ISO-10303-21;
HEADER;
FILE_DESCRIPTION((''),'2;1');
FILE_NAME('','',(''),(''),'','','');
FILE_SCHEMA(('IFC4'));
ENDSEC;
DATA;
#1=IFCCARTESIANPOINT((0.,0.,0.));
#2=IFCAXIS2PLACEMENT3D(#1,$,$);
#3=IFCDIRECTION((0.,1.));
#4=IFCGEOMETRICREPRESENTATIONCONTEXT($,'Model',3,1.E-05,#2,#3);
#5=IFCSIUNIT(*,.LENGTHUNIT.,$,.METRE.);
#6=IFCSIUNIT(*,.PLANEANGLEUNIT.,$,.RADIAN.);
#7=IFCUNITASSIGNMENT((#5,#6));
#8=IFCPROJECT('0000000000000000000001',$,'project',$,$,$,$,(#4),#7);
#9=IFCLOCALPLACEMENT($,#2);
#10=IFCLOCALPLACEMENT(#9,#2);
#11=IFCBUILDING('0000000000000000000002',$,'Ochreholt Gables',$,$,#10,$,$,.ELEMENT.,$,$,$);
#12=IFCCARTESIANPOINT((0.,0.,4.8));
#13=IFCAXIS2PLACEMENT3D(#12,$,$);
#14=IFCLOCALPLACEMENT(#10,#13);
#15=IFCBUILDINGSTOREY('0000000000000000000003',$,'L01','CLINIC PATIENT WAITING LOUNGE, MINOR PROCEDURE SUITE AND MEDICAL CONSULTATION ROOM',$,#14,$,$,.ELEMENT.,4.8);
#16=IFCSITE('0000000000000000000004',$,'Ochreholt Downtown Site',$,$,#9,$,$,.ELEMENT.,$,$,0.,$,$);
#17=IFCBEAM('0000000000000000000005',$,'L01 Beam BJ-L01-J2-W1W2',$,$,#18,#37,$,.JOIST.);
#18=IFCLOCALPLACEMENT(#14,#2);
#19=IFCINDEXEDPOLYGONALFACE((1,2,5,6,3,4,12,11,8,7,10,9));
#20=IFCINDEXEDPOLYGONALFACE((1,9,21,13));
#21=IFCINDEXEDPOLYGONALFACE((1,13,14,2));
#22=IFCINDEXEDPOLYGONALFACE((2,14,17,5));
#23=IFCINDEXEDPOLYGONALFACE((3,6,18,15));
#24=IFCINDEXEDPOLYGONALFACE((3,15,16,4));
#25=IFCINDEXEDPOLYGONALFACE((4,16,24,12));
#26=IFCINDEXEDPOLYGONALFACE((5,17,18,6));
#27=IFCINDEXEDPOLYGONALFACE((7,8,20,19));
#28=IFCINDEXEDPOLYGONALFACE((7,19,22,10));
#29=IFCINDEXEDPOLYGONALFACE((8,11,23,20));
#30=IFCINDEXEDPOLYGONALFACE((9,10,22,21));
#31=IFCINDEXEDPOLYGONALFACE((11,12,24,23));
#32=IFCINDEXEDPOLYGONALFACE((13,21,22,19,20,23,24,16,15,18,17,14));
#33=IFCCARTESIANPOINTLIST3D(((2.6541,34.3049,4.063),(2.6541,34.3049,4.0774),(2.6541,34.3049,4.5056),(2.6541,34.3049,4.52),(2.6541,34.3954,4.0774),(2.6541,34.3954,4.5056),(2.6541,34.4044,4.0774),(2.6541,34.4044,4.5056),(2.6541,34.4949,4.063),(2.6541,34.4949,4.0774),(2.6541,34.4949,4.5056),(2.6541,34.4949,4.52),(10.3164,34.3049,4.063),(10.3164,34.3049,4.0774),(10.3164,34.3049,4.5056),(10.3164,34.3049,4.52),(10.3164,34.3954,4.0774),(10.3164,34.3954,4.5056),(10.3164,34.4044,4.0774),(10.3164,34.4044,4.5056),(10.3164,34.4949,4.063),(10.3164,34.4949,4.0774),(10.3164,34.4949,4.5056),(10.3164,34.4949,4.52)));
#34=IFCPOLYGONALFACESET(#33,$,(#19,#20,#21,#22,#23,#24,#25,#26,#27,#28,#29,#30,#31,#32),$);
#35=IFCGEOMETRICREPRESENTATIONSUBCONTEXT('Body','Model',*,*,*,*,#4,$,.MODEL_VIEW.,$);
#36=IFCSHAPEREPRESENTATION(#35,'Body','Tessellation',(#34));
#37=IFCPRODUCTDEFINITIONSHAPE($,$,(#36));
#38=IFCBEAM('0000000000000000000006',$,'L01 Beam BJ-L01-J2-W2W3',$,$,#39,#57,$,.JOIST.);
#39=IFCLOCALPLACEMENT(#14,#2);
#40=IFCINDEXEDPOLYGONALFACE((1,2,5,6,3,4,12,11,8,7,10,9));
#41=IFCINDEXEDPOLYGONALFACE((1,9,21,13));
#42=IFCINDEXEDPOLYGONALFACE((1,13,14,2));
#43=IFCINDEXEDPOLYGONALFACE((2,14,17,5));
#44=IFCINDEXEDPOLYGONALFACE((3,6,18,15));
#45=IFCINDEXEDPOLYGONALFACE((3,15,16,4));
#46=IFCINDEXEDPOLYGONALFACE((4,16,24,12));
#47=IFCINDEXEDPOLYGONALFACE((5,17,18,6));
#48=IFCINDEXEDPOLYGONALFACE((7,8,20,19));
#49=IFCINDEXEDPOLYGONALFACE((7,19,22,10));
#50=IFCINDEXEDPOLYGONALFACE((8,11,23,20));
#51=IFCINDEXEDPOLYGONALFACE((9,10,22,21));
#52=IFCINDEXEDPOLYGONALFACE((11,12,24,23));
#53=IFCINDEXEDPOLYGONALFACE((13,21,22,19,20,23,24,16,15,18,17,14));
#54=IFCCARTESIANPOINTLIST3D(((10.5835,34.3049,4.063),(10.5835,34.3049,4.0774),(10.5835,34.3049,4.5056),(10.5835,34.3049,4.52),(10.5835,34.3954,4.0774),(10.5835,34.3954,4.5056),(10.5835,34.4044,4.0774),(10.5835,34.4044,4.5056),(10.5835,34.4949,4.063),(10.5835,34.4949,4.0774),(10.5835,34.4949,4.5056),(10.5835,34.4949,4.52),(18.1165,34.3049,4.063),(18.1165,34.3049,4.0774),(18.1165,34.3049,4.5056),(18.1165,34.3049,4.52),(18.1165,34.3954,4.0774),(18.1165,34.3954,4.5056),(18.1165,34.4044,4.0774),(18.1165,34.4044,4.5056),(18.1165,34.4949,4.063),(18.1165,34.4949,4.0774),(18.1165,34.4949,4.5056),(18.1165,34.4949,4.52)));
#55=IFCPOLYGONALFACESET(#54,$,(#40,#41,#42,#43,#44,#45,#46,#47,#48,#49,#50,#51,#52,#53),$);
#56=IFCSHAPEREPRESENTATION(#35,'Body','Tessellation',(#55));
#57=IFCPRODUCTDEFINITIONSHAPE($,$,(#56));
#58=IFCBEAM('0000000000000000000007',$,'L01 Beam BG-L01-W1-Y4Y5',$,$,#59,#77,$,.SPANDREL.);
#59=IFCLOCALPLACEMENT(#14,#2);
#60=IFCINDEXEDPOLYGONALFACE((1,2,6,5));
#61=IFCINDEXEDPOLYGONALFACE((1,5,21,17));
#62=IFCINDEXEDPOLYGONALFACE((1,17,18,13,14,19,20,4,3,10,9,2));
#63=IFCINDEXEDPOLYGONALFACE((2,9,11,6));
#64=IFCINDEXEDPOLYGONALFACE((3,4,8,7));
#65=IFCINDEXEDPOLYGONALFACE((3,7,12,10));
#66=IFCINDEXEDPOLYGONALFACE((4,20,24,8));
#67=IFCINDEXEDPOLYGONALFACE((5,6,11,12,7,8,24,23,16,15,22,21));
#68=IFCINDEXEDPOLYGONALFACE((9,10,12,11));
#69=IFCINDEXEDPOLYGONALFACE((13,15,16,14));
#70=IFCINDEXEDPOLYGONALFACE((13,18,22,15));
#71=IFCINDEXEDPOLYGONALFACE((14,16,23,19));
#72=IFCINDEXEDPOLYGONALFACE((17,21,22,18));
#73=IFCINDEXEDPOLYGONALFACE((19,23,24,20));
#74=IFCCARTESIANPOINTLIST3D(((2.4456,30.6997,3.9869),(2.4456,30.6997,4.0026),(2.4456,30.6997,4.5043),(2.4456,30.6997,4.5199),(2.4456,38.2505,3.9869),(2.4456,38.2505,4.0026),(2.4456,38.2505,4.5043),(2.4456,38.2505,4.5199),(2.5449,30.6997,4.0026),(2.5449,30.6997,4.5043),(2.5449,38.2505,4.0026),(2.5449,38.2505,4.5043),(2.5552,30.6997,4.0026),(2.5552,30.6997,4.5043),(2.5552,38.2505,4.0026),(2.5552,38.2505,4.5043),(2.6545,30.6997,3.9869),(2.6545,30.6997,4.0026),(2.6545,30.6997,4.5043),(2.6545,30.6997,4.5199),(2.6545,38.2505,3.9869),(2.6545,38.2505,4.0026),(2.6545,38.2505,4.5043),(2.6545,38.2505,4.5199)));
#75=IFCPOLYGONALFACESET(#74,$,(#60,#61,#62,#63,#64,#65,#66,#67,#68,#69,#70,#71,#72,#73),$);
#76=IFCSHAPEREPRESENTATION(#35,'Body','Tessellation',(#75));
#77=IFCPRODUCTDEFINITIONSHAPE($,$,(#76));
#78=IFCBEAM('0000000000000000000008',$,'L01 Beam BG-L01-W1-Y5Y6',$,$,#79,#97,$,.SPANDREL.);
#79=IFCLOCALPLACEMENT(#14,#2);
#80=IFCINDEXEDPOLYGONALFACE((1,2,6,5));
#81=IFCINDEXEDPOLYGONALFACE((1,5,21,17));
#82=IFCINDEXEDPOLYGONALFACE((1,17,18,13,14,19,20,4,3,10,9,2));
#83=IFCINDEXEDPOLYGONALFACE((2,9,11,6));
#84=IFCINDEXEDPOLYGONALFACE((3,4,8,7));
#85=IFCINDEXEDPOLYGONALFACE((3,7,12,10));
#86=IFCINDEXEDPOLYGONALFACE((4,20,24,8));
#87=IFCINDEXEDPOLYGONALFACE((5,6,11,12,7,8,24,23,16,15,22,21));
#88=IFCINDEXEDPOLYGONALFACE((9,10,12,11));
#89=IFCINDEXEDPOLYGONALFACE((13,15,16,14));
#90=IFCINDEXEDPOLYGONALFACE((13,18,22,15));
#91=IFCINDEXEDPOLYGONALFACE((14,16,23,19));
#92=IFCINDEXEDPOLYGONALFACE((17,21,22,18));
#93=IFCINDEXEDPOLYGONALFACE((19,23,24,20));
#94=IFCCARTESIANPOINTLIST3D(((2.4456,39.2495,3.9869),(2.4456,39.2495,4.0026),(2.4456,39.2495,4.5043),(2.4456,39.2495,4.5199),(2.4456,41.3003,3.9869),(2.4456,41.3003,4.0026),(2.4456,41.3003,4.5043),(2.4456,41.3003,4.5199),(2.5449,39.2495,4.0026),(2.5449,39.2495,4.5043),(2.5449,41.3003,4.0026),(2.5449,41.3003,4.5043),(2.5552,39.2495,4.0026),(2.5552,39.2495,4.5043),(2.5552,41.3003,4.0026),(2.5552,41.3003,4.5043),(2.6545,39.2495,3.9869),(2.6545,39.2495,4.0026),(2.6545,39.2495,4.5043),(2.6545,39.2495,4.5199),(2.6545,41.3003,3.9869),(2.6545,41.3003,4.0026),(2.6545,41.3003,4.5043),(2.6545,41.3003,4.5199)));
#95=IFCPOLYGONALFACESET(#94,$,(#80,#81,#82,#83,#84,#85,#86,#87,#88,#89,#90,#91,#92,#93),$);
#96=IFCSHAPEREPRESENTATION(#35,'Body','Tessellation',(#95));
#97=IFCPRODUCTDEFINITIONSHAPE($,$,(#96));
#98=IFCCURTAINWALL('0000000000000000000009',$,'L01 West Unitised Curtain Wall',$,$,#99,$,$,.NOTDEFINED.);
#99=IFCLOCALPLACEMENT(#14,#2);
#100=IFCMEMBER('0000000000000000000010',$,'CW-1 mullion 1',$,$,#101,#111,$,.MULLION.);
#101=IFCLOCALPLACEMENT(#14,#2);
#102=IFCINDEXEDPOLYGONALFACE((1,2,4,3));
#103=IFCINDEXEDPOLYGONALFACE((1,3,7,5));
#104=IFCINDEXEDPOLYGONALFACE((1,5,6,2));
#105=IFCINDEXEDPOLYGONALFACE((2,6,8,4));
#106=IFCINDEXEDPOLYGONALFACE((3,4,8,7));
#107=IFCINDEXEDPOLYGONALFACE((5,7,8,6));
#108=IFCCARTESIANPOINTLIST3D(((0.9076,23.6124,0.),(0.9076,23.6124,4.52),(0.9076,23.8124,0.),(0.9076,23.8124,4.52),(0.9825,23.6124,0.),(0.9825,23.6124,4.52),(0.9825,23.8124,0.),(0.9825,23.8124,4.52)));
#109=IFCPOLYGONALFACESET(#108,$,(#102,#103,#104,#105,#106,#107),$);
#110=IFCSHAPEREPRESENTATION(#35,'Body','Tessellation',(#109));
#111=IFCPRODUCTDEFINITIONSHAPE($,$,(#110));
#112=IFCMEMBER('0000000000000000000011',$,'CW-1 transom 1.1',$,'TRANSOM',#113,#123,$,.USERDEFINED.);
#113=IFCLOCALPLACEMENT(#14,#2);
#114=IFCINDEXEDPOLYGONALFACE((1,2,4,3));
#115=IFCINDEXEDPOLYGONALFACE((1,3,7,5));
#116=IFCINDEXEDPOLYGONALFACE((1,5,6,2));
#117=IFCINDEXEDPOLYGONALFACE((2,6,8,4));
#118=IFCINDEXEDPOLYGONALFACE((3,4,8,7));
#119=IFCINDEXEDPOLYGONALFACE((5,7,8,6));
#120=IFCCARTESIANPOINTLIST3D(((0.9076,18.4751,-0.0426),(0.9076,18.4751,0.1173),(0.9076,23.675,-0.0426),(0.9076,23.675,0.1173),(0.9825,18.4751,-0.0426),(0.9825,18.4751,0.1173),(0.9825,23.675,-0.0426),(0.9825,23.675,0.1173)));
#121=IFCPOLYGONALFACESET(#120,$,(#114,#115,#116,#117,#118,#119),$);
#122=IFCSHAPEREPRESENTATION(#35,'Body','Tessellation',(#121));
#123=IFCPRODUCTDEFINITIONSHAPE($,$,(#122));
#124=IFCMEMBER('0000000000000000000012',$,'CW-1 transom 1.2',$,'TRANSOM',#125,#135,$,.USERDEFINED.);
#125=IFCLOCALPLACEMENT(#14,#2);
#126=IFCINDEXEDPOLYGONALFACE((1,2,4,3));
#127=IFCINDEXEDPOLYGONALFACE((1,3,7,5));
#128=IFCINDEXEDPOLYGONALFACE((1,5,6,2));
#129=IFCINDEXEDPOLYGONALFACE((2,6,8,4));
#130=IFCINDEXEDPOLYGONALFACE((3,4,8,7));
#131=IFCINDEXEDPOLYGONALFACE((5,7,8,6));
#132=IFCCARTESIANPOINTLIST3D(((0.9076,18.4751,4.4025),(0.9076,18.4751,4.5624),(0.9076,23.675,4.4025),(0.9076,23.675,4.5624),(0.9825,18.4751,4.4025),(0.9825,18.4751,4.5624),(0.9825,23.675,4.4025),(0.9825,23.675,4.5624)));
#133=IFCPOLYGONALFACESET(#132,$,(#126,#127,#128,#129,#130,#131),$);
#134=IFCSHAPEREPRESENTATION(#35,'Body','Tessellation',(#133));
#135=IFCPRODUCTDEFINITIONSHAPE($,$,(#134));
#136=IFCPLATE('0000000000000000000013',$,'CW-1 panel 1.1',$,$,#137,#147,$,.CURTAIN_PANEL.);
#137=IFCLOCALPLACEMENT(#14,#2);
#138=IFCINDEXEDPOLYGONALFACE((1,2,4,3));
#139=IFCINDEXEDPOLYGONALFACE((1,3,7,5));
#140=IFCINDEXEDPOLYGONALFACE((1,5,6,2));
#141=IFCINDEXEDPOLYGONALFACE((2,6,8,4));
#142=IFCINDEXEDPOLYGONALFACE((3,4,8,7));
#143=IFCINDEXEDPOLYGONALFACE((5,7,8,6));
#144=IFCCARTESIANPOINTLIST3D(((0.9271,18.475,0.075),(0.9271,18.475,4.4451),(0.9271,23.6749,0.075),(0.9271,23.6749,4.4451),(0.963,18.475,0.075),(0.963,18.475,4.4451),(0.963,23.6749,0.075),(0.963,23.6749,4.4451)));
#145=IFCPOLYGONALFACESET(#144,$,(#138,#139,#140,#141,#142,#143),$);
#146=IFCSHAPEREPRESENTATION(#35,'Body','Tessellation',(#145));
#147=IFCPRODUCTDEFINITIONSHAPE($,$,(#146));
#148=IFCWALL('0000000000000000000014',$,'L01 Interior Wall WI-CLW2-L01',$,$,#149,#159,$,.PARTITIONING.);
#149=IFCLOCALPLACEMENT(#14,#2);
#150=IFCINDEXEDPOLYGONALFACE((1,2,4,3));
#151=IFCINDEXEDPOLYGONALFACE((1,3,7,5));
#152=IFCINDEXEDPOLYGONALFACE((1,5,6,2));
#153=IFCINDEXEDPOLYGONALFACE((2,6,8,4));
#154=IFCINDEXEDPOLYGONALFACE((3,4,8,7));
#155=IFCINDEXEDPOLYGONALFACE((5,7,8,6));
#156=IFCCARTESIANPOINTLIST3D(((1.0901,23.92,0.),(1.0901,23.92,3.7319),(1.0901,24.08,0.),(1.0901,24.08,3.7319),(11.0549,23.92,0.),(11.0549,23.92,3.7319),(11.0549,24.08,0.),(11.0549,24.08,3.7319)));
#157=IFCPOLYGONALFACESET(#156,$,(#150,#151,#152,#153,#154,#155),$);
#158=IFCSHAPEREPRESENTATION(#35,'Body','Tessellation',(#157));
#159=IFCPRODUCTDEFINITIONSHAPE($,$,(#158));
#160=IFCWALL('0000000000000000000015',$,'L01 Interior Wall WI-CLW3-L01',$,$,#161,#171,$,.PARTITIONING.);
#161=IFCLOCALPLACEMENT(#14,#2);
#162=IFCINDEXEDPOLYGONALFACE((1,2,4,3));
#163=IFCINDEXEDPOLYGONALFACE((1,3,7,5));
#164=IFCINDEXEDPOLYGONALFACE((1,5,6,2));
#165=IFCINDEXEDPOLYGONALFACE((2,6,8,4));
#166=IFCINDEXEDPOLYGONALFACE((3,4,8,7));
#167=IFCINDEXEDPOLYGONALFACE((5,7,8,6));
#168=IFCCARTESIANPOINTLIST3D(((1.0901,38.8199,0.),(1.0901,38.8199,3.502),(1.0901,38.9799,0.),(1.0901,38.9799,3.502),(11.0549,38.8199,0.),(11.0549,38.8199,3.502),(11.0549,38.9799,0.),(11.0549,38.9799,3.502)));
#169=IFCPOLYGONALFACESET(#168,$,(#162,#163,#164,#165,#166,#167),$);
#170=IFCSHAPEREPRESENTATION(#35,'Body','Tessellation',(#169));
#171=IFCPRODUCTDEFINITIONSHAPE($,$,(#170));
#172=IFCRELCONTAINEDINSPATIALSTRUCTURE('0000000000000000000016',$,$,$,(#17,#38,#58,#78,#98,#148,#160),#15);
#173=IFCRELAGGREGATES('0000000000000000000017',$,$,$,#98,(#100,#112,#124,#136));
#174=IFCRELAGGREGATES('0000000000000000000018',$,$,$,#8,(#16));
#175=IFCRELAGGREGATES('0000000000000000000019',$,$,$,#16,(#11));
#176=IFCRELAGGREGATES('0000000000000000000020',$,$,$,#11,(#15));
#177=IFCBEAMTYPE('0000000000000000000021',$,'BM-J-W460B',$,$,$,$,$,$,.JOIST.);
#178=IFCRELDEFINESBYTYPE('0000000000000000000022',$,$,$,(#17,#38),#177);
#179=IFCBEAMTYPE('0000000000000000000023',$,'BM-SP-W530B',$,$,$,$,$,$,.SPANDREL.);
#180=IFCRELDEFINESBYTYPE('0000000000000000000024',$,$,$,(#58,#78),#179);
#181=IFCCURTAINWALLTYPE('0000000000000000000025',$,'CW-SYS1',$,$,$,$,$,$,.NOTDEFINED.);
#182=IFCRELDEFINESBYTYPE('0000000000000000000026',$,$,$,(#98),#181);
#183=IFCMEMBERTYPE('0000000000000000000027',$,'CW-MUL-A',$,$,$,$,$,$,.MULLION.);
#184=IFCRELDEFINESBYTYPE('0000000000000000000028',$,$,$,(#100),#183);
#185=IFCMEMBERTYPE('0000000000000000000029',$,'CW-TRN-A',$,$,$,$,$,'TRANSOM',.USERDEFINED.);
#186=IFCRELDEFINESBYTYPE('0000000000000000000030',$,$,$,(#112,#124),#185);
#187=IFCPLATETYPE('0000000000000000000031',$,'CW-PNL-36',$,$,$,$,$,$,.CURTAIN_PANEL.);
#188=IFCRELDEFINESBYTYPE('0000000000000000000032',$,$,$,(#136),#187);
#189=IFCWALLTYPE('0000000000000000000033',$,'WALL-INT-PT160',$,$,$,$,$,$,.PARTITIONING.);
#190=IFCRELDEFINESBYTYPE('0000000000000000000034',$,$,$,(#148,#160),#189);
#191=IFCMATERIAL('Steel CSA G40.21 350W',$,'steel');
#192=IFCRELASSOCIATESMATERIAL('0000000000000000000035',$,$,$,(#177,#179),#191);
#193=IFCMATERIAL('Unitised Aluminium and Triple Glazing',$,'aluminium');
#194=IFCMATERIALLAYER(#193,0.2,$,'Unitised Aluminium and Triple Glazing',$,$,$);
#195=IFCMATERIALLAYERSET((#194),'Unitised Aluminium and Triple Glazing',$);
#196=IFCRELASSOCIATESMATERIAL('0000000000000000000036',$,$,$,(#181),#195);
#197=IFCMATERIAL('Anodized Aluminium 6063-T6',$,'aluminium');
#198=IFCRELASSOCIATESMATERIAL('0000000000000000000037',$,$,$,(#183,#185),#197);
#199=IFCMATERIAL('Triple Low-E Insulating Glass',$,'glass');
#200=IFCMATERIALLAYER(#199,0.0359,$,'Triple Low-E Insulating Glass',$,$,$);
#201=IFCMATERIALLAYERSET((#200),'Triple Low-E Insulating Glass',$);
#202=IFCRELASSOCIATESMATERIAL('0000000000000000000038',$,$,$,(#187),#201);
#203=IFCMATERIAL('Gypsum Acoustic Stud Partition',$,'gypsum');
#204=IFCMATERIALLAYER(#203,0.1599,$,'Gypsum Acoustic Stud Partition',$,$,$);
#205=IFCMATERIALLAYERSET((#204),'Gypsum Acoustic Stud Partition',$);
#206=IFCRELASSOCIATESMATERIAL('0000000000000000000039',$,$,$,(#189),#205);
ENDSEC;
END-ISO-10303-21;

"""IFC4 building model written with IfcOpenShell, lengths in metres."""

from ifc_helpers import new_model, si_unit, direction, frame, frame_2d, origin, origin_2d, place, context, subcontext, project, spatial, rectangle, i_section, extrude, material, layer, layer_set, material_profile, profile_set, type_object, element, aggregate, save


model = new_model("IFC4")

# Units and contexts
model_context = context("Model", 3, precision=1e-05, world=origin(), true_north=direction((0.0, 1.0)))
body_context = subcontext(model_context, "Body", "Model", "MODEL_VIEW")
ifc_project = project(units=[si_unit("LENGTHUNIT", "METRE"), si_unit("PLANEANGLEUNIT", "RADIAN")], contexts=[model_context])

# Site, building, storey
site_placement = place(None, origin())
site = spatial("IfcSite", under=ifc_project, at=site_placement, Name="Ochreholt Downtown Site", CompositionType="ELEMENT", RefElevation=0.0)
building_placement = place(site_placement, origin())
building = spatial("IfcBuilding", under=site, at=building_placement, Name="Ochreholt Gables", CompositionType="ELEMENT")
storey_placement = place(building_placement, frame((0.0, 0.0, 4.8)))
storey = spatial("IfcBuildingStorey", under=building, at=storey_placement, Name="L01", Description="CLINIC PATIENT WAITING LOUNGE, MINOR PROCEDURE SUITE AND MEDICAL CONSULTATION ROOM", CompositionType="ELEMENT", Elevation=4.8)

# Beams
ifc_material_1 = material(Name="Steel CSA G40.21 350W", Category="steel")
ifc_material_profile_1 = material_profile(ifc_material_1, i_section(OverallWidth=0.1899, OverallDepth=0.457, WebThickness=0.009, FlangeThickness=0.0144, at=origin_2d()), Name="W460X74")
ifc_profile_set_1 = profile_set([ifc_material_profile_1], Name="Steel CSA G40.21 350W")
beam_type_1 = type_object("IfcBeamType", Name="BM-J-W460B", PredefinedType="JOIST", material=ifc_profile_set_1)
beam_1_placement = place(storey_placement, frame((2.6541, 34.3999, 4.2915), z_axis=(1.0, 0.0, 0.0), x_axis=(0.0, 1.0, 0.0)))
element("IfcBeam", 1, at=beam_1_placement, inside=storey, type_object=beam_type_1, Name="L01 Beam BJ-L01-J2-W1W2", PredefinedType="JOIST", context=body_context, shape_type="SweptSolid", body=[
    extrude(i_section(OverallWidth=0.1899, OverallDepth=0.457, WebThickness=0.009, FlangeThickness=0.0144, at=origin_2d()), origin(), (0.0, 0.0, 1.0), 7.6624),
])
beam_2_placement = place(storey_placement, frame((10.5835, 34.3999, 4.2915), z_axis=(1.0, 0.0, 0.0), x_axis=(0.0, 1.0, 0.0)))
element("IfcBeam", 2, at=beam_2_placement, inside=storey, type_object=beam_type_1, Name="L01 Beam BJ-L01-J2-W2W3", PredefinedType="JOIST", context=body_context, shape_type="SweptSolid", body=[
    extrude(i_section(OverallWidth=0.1899, OverallDepth=0.457, WebThickness=0.009, FlangeThickness=0.0144, at=origin_2d()), origin(), (0.0, 0.0, 1.0), 7.533),
])
ifc_material_profile_2 = material_profile(ifc_material_1, i_section(OverallWidth=0.209, OverallDepth=0.533, WebThickness=0.0103, FlangeThickness=0.0156, at=origin_2d()), Name="W530X92")
ifc_profile_set_2 = profile_set([ifc_material_profile_2], Name="Steel CSA G40.21 350W")
beam_type_2 = type_object("IfcBeamType", Name="BM-SP-W530B", PredefinedType="SPANDREL", material=ifc_profile_set_2)
beam_3_placement = place(storey_placement, frame((2.55, 30.6997, 4.2534), z_axis=(0.0, 1.0, 0.0), x_axis=(-1.0, 0.0, 0.0)))
element("IfcBeam", 3, at=beam_3_placement, inside=storey, type_object=beam_type_2, Name="L01 Beam BG-L01-W1-Y4Y5", PredefinedType="SPANDREL", context=body_context, shape_type="SweptSolid", body=[
    extrude(i_section(OverallWidth=0.209, OverallDepth=0.533, WebThickness=0.0103, FlangeThickness=0.0156, at=origin_2d()), origin(), (0.0, 0.0, 1.0), 7.5508),
])
beam_4_placement = place(storey_placement, frame((2.55, 39.2495, 4.2534), z_axis=(0.0, 1.0, 0.0), x_axis=(-1.0, 0.0, 0.0)))
element("IfcBeam", 4, at=beam_4_placement, inside=storey, type_object=beam_type_2, Name="L01 Beam BG-L01-W1-Y5Y6", PredefinedType="SPANDREL", context=body_context, shape_type="SweptSolid", body=[
    extrude(i_section(OverallWidth=0.209, OverallDepth=0.533, WebThickness=0.0103, FlangeThickness=0.0156, at=origin_2d()), origin(), (0.0, 0.0, 1.0), 2.0508),
])

# Curtain wall, members, plate
ifc_material_2 = material(Name="Unitised Aluminium and Triple Glazing", Category="aluminium")
ifc_layer_1 = layer(ifc_material_2, 0.2, Name="Unitised Aluminium and Triple Glazing")
ifc_layer_set_1 = layer_set([ifc_layer_1], Name="Unitised Aluminium and Triple Glazing")
curtain_wall_type = type_object("IfcCurtainWallType", Name="CW-SYS1", PredefinedType="NOTDEFINED", material=ifc_layer_set_1)
curtain_wall_placement = place(storey_placement, origin())
curtain_wall = element("IfcCurtainWall", 5, at=curtain_wall_placement, inside=storey, type_object=curtain_wall_type, Name="L01 West Unitised Curtain Wall", PredefinedType="NOTDEFINED")
ifc_material_3 = material(Name="Anodized Aluminium 6063-T6", Category="aluminium")
ifc_material_profile_3 = material_profile(ifc_material_3, rectangle(XDim=0.075, YDim=0.2, at=origin_2d()), Name="CWM75X200")
ifc_profile_set_3 = profile_set([ifc_material_profile_3], Name="Anodized Aluminium 6063-T6")
member_type_1 = type_object("IfcMemberType", Name="CW-MUL-A", PredefinedType="MULLION", material=ifc_profile_set_3)
member_1_placement = place(storey_placement, frame((0.9451, 23.7124, 0.0), z_axis=(0.0, 0.0, 1.0), x_axis=(1.0, 0.0, 0.0)))
member_1 = element("IfcMember", 6, at=member_1_placement, type_object=member_type_1, Name="CW-1 mullion 1", PredefinedType="MULLION", context=body_context, shape_type="SweptSolid", body=[
    extrude(rectangle(XDim=0.075, YDim=0.2, at=origin_2d()), origin(), (0.0, 0.0, 1.0), 4.52),
])
ifc_material_profile_4 = material_profile(ifc_material_3, rectangle(XDim=0.075, YDim=0.1599, at=origin_2d()), Name="CWT75X160")
ifc_profile_set_4 = profile_set([ifc_material_profile_4], Name="Anodized Aluminium 6063-T6")
member_type_2 = type_object("IfcMemberType", Name="CW-TRN-A", ElementType="TRANSOM", PredefinedType="USERDEFINED", material=ifc_profile_set_4)
member_2_placement = place(storey_placement, frame((0.9451, 23.675, 0.0374), z_axis=(0.0, -1.0, 0.0), x_axis=(1.0, 0.0, 0.0)))
member_2 = element("IfcMember", 7, at=member_2_placement, type_object=member_type_2, Name="CW-1 transom 1.1", ObjectType="TRANSOM", PredefinedType="USERDEFINED", context=body_context, shape_type="SweptSolid", body=[
    extrude(rectangle(XDim=0.075, YDim=0.1599, at=origin_2d()), origin(), (0.0, 0.0, 1.0), 5.2),
])
member_3_placement = place(storey_placement, frame((0.9451, 23.675, 4.4824), z_axis=(0.0, -1.0, 0.0), x_axis=(1.0, 0.0, 0.0)))
member_3 = element("IfcMember", 8, at=member_3_placement, type_object=member_type_2, Name="CW-1 transom 1.2", ObjectType="TRANSOM", PredefinedType="USERDEFINED", context=body_context, shape_type="SweptSolid", body=[
    extrude(rectangle(XDim=0.075, YDim=0.1599, at=origin_2d()), origin(), (0.0, 0.0, 1.0), 5.2),
])
ifc_material_4 = material(Name="Triple Low-E Insulating Glass", Category="glass")
ifc_layer_2 = layer(ifc_material_4, 0.0359, Name="Triple Low-E Insulating Glass")
ifc_layer_set_2 = layer_set([ifc_layer_2], Name="Triple Low-E Insulating Glass")
plate_type = type_object("IfcPlateType", Name="CW-PNL-36", PredefinedType="CURTAIN_PANEL", material=ifc_layer_set_2)
plate_placement = place(storey_placement, frame((0.9451, 21.075, 0.075), z_axis=(0.0, 0.0, 1.0), x_axis=(0.0, -1.0, 0.0)))
plate = element("IfcPlate", 9, at=plate_placement, type_object=plate_type, Name="CW-1 panel 1.1", PredefinedType="CURTAIN_PANEL", context=body_context, shape_type="SweptSolid", body=[
    extrude(rectangle(XDim=5.2, YDim=0.0359, at=origin_2d()), origin(), (0.0, 0.0, 1.0), 4.3701),
])
aggregate(curtain_wall, [member_1, member_2, member_3, plate])

# Walls
ifc_material_5 = material(Name="Gypsum Acoustic Stud Partition", Category="gypsum")
ifc_layer_3 = layer(ifc_material_5, 0.1599, Name="Gypsum Acoustic Stud Partition")
ifc_layer_set_3 = layer_set([ifc_layer_3], Name="Gypsum Acoustic Stud Partition")
wall_type = type_object("IfcWallType", Name="WALL-INT-PT160", PredefinedType="PARTITIONING", material=ifc_layer_set_3)
wall_1_placement = place(storey_placement, frame((1.0901, 24.0, 0.0), z_axis=(0.0, 0.0, 1.0), x_axis=(1.0, 0.0, 0.0)))
element("IfcWall", 10, at=wall_1_placement, inside=storey, type_object=wall_type, Name="L01 Interior Wall WI-CLW2-L01", PredefinedType="PARTITIONING", context=body_context, shape_type="SweptSolid", body=[
    extrude(rectangle(XDim=9.9648, YDim=0.1599, at=frame_2d((4.9824, 0.0))), origin(), (0.0, 0.0, 1.0), 3.7319),
])
wall_2_placement = place(storey_placement, frame((1.0901, 38.8999, 0.0), z_axis=(0.0, 0.0, 1.0), x_axis=(1.0, 0.0, 0.0)))
element("IfcWall", 11, at=wall_2_placement, inside=storey, type_object=wall_type, Name="L01 Interior Wall WI-CLW3-L01", PredefinedType="PARTITIONING", context=body_context, shape_type="SweptSolid", body=[
    extrude(rectangle(XDim=9.9648, YDim=0.1599, at=frame_2d((4.9824, 0.0))), origin(), (0.0, 0.0, 1.0), 3.502),
])

save(model, "model.ifc")
